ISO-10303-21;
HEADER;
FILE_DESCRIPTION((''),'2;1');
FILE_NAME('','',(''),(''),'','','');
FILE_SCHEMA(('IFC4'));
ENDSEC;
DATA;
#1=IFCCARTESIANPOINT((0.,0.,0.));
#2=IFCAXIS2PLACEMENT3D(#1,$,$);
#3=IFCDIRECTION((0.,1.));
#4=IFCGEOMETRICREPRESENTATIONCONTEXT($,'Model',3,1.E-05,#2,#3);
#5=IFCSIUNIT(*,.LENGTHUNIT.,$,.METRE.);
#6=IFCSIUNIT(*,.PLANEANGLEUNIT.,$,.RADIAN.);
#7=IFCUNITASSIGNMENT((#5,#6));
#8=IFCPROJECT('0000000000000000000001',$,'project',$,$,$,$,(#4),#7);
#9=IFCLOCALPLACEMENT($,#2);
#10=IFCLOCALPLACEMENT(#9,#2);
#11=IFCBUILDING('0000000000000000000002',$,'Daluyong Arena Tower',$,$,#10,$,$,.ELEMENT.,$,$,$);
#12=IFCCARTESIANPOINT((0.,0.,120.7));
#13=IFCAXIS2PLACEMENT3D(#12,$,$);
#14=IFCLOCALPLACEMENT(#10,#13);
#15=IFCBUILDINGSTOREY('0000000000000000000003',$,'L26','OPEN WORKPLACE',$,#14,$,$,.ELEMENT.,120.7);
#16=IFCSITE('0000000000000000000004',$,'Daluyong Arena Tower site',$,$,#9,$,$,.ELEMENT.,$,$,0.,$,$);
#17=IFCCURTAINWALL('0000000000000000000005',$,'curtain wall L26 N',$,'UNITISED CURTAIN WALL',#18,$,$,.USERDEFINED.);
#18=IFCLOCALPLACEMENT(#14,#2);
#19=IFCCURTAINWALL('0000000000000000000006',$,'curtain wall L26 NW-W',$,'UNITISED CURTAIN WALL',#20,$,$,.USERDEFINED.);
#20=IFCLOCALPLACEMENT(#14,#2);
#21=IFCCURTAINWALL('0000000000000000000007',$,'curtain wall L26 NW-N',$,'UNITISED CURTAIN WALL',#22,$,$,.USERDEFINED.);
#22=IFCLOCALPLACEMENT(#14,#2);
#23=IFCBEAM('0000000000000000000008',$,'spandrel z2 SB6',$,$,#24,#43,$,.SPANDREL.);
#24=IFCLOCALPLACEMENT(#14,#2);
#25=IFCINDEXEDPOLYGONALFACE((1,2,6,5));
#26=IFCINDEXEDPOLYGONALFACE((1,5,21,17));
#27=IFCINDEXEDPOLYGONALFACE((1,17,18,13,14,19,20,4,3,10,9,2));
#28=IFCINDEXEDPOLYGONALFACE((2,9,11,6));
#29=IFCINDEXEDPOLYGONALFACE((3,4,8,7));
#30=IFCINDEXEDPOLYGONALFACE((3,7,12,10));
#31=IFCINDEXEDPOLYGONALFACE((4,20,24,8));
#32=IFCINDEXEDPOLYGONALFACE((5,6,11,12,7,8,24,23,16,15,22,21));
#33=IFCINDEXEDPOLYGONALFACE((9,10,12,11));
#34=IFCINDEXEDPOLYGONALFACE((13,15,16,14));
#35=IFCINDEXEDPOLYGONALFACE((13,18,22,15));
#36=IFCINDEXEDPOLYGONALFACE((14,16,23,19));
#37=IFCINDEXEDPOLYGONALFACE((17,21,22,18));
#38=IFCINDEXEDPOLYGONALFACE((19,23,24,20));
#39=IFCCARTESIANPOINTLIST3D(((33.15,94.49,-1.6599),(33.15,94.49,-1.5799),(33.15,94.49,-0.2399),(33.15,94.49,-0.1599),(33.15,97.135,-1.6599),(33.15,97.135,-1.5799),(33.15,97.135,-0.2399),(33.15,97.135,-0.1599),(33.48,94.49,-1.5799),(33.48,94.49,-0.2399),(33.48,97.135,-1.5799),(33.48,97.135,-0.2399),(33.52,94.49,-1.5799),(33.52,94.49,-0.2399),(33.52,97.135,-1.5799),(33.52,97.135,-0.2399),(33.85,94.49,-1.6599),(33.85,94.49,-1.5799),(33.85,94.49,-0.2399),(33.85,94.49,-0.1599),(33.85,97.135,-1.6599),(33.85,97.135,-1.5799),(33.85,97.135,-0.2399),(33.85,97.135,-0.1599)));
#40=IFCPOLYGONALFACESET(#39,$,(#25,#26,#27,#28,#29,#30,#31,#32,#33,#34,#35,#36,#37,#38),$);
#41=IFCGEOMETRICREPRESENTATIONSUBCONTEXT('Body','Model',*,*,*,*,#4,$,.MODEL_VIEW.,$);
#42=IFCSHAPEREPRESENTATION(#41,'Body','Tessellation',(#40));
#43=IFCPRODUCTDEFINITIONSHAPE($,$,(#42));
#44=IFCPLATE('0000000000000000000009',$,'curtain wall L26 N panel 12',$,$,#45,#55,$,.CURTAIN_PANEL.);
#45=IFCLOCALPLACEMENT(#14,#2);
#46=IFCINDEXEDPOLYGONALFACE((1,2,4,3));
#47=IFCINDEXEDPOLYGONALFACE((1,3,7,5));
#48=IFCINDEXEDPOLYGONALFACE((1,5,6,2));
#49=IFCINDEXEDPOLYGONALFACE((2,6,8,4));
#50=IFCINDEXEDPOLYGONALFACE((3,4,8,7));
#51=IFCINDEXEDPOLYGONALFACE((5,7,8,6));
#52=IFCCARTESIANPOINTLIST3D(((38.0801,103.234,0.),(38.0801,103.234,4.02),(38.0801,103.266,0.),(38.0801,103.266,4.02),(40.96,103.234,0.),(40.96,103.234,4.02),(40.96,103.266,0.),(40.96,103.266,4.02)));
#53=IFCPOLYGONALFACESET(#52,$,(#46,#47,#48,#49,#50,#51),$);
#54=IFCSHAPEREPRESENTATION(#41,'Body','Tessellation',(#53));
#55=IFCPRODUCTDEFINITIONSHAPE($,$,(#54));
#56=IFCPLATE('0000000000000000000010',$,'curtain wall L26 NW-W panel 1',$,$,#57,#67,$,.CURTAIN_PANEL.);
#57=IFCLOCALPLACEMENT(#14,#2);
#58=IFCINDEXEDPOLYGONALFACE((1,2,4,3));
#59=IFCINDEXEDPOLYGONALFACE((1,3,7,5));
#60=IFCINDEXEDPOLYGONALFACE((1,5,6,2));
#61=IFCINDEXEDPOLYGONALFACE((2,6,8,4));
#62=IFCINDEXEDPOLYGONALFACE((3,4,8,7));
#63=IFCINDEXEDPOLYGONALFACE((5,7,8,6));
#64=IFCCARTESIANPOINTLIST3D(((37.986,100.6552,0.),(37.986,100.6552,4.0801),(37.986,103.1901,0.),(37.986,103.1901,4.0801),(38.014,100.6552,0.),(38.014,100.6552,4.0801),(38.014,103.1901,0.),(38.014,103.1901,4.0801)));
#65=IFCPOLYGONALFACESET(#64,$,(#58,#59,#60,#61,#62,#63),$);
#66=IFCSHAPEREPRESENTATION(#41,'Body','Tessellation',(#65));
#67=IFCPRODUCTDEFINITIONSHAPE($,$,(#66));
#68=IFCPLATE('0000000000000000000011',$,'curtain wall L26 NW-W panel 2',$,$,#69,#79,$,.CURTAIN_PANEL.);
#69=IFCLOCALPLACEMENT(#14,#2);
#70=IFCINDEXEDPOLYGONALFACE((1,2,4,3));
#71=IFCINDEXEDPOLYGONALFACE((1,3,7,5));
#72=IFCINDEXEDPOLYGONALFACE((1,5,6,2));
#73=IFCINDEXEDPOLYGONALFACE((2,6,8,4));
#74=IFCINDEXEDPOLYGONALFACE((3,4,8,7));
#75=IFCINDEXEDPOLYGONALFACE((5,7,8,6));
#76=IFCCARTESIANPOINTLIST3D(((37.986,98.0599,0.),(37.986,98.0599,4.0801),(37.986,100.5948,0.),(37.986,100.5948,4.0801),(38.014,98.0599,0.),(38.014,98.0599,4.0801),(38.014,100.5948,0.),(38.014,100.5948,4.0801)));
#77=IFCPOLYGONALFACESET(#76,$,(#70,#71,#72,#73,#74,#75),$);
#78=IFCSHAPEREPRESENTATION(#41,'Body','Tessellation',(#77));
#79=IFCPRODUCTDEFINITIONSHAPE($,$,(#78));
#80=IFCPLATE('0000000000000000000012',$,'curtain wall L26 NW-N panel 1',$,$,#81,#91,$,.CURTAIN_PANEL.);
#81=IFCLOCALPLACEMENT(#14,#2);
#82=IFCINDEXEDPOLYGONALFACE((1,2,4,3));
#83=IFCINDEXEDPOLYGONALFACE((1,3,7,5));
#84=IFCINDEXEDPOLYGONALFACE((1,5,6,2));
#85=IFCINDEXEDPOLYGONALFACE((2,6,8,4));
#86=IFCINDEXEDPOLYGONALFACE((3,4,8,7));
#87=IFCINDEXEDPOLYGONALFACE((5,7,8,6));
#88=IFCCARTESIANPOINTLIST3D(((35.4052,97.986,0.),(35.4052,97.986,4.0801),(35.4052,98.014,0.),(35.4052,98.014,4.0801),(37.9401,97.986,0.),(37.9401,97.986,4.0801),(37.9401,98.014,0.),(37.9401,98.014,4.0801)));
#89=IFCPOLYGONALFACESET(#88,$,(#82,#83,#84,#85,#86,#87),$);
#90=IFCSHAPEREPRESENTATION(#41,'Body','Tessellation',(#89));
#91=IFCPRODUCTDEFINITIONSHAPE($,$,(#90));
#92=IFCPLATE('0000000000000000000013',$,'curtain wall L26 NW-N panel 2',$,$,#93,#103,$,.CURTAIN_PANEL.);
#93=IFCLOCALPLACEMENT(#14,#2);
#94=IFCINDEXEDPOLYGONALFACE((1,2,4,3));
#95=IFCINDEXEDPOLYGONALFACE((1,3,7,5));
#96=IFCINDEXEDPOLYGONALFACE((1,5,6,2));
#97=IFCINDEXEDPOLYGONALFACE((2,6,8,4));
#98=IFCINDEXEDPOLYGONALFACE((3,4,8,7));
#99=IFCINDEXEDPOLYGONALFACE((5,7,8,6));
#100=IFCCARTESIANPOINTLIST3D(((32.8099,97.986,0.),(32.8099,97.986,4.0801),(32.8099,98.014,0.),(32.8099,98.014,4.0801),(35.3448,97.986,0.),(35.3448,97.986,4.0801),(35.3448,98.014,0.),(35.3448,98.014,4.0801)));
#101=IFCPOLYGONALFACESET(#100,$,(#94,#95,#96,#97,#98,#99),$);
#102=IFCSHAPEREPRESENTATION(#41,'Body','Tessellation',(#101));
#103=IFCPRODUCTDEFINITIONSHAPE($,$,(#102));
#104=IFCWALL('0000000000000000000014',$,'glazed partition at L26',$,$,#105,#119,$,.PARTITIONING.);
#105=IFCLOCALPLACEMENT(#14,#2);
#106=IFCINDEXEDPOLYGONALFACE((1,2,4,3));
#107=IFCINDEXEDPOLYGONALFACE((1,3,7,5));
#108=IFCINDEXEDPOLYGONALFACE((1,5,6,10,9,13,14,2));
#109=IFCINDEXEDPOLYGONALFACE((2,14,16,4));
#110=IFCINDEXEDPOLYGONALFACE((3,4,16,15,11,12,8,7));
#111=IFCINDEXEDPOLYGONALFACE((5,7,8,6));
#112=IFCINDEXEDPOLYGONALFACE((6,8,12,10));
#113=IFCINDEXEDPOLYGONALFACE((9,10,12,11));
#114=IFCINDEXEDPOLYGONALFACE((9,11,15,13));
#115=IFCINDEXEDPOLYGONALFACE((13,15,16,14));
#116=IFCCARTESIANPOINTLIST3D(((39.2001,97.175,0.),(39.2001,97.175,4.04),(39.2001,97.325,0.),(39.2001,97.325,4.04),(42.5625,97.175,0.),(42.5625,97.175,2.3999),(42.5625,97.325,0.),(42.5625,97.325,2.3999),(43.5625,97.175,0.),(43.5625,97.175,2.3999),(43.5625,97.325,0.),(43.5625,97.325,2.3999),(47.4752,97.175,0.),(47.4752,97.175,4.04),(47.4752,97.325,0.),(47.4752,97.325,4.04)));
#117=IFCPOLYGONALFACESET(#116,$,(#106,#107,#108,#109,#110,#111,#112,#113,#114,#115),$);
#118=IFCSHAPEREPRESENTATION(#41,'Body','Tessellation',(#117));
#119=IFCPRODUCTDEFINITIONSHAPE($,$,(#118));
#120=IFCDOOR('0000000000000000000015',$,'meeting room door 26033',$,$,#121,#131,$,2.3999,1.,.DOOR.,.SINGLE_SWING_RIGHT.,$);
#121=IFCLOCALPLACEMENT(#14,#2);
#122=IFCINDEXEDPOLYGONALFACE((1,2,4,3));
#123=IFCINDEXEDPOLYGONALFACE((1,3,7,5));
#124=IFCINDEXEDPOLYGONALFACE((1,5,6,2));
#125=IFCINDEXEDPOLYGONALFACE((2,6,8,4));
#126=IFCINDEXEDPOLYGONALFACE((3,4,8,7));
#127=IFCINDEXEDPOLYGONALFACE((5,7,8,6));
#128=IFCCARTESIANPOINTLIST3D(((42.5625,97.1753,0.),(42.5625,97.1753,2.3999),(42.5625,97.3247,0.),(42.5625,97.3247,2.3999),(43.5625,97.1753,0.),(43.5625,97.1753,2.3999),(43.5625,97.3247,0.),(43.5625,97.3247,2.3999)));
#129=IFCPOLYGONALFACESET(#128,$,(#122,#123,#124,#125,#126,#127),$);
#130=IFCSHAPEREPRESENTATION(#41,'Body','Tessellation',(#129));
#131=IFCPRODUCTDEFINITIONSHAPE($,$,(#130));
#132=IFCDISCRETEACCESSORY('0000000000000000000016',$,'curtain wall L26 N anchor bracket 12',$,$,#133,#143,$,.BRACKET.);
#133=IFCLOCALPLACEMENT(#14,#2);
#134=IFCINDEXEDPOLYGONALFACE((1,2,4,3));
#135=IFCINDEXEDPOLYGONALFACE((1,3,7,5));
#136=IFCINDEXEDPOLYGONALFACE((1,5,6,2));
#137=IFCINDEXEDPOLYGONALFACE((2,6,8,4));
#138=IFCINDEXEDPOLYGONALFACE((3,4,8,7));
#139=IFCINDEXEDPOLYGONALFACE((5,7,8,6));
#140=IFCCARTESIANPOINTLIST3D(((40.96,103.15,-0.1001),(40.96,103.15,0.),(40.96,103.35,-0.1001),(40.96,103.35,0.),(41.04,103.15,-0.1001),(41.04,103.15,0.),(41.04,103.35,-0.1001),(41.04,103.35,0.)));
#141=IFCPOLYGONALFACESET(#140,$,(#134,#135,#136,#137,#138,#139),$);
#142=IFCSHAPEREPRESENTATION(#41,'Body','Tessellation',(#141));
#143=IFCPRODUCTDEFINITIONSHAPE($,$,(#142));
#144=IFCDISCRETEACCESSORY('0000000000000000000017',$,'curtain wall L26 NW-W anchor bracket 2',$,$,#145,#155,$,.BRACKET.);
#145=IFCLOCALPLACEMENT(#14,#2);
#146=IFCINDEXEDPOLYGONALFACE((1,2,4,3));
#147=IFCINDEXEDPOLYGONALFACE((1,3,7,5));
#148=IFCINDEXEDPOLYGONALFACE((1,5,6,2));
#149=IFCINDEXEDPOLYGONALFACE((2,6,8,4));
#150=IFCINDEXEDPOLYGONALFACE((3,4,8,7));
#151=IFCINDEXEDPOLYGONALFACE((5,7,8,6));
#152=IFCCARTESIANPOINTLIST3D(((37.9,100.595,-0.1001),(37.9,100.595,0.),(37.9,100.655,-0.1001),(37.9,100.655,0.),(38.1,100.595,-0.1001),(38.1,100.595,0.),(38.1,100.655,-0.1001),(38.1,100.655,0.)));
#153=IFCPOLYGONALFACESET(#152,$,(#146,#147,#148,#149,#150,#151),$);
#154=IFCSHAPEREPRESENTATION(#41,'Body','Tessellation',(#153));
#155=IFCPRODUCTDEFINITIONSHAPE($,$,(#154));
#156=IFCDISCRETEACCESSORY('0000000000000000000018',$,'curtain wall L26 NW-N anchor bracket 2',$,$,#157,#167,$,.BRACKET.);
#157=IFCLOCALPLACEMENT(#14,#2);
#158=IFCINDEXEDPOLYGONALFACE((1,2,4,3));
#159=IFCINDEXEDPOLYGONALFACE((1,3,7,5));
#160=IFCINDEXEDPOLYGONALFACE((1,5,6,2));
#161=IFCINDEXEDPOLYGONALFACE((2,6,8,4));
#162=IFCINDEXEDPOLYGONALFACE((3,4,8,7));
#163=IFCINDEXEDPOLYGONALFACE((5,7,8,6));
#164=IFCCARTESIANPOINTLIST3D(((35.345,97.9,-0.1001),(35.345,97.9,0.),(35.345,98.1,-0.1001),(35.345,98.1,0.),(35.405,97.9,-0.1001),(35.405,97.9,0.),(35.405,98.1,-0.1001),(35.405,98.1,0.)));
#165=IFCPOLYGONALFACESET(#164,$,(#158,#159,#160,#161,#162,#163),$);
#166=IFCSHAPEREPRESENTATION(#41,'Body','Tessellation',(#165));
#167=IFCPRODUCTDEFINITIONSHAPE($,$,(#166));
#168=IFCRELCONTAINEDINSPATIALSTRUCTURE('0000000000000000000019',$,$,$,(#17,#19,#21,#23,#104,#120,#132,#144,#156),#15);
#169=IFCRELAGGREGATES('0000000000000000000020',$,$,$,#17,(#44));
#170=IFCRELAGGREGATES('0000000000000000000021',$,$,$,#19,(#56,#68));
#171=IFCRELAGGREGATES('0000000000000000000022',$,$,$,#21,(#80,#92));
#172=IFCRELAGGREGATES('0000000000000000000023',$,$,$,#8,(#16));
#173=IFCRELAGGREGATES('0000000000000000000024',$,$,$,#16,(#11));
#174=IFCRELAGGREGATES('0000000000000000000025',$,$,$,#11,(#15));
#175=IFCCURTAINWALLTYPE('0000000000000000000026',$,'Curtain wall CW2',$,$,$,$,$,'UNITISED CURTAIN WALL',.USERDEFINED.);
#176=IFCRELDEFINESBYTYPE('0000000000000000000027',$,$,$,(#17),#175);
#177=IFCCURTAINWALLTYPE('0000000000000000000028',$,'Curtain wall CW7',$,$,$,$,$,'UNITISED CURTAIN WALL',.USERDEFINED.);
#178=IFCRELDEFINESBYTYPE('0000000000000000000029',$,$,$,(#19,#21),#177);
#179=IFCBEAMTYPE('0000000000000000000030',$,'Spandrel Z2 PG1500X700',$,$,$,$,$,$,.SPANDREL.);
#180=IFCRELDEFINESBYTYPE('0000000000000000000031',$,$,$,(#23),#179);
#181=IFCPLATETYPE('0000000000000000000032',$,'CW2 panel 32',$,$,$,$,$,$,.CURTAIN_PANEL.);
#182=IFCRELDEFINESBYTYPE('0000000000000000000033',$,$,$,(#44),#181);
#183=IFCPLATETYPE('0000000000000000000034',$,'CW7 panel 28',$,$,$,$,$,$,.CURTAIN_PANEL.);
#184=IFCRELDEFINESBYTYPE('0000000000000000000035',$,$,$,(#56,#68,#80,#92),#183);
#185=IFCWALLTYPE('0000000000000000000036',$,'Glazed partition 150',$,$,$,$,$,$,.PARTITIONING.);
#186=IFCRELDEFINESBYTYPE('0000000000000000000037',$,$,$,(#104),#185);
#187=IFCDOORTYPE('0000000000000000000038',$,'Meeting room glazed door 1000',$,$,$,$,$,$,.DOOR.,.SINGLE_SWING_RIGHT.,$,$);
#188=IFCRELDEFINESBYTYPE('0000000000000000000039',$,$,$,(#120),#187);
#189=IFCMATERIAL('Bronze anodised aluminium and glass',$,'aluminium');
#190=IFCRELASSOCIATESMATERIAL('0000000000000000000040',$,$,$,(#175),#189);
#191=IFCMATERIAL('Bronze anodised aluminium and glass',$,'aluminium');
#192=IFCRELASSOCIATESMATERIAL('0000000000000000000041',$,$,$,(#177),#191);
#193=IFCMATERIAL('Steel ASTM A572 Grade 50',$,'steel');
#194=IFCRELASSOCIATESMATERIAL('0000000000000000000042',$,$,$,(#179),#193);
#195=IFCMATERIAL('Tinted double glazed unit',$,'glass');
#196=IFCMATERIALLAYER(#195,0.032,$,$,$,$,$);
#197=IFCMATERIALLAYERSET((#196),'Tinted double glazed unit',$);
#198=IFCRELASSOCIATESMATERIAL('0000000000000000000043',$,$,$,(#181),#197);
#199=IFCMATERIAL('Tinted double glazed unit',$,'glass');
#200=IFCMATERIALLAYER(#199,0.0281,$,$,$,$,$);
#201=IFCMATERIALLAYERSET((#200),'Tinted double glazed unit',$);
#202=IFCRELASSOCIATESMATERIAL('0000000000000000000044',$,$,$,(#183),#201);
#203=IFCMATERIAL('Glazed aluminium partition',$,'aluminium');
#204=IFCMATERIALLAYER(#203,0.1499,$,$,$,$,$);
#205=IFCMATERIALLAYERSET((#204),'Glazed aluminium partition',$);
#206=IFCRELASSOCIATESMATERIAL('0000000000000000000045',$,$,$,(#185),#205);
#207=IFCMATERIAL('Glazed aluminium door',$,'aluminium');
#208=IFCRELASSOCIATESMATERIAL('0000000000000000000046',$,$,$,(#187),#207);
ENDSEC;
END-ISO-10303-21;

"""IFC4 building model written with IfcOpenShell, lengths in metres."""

from ifc_helpers import new_model, si_unit, direction, frame, frame_2d, origin, origin_2d, place, context, subcontext, project, spatial, rectangle, i_section, extrude, material, layer, layer_set, material_profile, profile_set, type_object, element, fill, aggregate, save


model = new_model("IFC4")

# Units and contexts
model_context = context("Model", 3, precision=1e-05, world=origin(), true_north=direction((0.0, 1.0)))
body_context = subcontext(model_context, "Body", "Model", "MODEL_VIEW")
ifc_project = project(units=[si_unit("LENGTHUNIT", "METRE"), si_unit("PLANEANGLEUNIT", "RADIAN")], contexts=[model_context])

# Site, building, storey
site_placement = place(None, origin())
site = spatial("IfcSite", under=ifc_project, at=site_placement, Name="Daluyong Arena Tower site", CompositionType="ELEMENT", RefElevation=0.0)
building_placement = place(site_placement, origin())
building = spatial("IfcBuilding", under=site, at=building_placement, Name="Daluyong Arena Tower", CompositionType="ELEMENT")
storey_placement = place(building_placement, frame((0.0, 0.0, 120.7)))
storey = spatial("IfcBuildingStorey", under=building, at=storey_placement, Name="L26", Description="OPEN WORKPLACE", CompositionType="ELEMENT", Elevation=120.7)

# Curtain wall
ifc_material_1 = material(Name="Bronze anodised aluminium and glass", Category="aluminium")
curtain_wall_type_1 = type_object("IfcCurtainWallType", Name="Curtain wall CW2", ElementType="UNITISED CURTAIN WALL", PredefinedType="USERDEFINED", material=ifc_material_1)
curtain_wall_1_placement = place(storey_placement, origin())
curtain_wall_1 = element("IfcCurtainWall", 1, at=curtain_wall_1_placement, inside=storey, type_object=curtain_wall_type_1, Name="curtain wall L26 N", ObjectType="UNITISED CURTAIN WALL", PredefinedType="USERDEFINED")

# Curtain walls
ifc_material_2 = material(Name="Bronze anodised aluminium and glass", Category="aluminium")
curtain_wall_type_2 = type_object("IfcCurtainWallType", Name="Curtain wall CW7", ElementType="UNITISED CURTAIN WALL", PredefinedType="USERDEFINED", material=ifc_material_2)
curtain_wall_2_placement = place(storey_placement, origin())
curtain_wall_2 = element("IfcCurtainWall", 2, at=curtain_wall_2_placement, inside=storey, type_object=curtain_wall_type_2, Name="curtain wall L26 NW-W", ObjectType="UNITISED CURTAIN WALL", PredefinedType="USERDEFINED")
curtain_wall_3_placement = place(storey_placement, origin())
curtain_wall_3 = element("IfcCurtainWall", 3, at=curtain_wall_3_placement, inside=storey, type_object=curtain_wall_type_2, Name="curtain wall L26 NW-N", ObjectType="UNITISED CURTAIN WALL", PredefinedType="USERDEFINED")

# Beam
ifc_material_3 = material(Name="Steel ASTM A572 Grade 50", Category="steel")
ifc_material_profile_1 = material_profile(ifc_material_3, i_section(OverallWidth=0.7, OverallDepth=1.5, WebThickness=0.04, FlangeThickness=0.08, at=origin_2d()))
ifc_profile_set_1 = profile_set([ifc_material_profile_1], Name="Steel ASTM A572 Grade 50")
beam_type_1 = type_object("IfcBeamType", Name="Spandrel Z2 PG1500X700", PredefinedType="SPANDREL", material=ifc_profile_set_1)
beam_1_placement = place(storey_placement, frame((33.5, 97.135, -0.9099), z_axis=(0.0, -1.0, 0.0), x_axis=(1.0, 0.0, 0.0)))
element("IfcBeam", 4, at=beam_1_placement, inside=storey, type_object=beam_type_1, Name="spandrel z2 SB6", PredefinedType="SPANDREL", context=body_context, shape_type="SweptSolid", body=[
    extrude(i_section(OverallWidth=0.7, OverallDepth=1.5, WebThickness=0.04, FlangeThickness=0.08, at=origin_2d()), origin(), (0.0, 0.0, 1.0), 2.645),
])

# Plates
ifc_material_4 = material(Name="Tinted double glazed unit", Category="glass")
ifc_layer_1 = layer(ifc_material_4, 0.032)
ifc_layer_set_1 = layer_set([ifc_layer_1], Name="Tinted double glazed unit")
plate_type_1 = type_object("IfcPlateType", Name="CW2 panel 32", PredefinedType="CURTAIN_PANEL", material=ifc_layer_set_1)
plate_1_placement = place(storey_placement, frame((39.52, 103.25, 0.0), z_axis=(0.0, 0.0, 1.0), x_axis=(-1.0, 0.0, 0.0)))
plate_1 = element("IfcPlate", 5, at=plate_1_placement, type_object=plate_type_1, Name="curtain wall L26 N panel 12", PredefinedType="CURTAIN_PANEL", context=body_context, shape_type="SweptSolid", body=[
    extrude(rectangle(XDim=2.8799, YDim=0.032, at=origin_2d()), origin(), (0.0, 0.0, 1.0), 4.02),
])
aggregate(curtain_wall_1, [plate_1])
ifc_material_5 = material(Name="Tinted double glazed unit", Category="glass")
ifc_layer_2 = layer(ifc_material_5, 0.0281)
ifc_layer_set_2 = layer_set([ifc_layer_2], Name="Tinted double glazed unit")
plate_type_2 = type_object("IfcPlateType", Name="CW7 panel 28", PredefinedType="CURTAIN_PANEL", material=ifc_layer_set_2)
plate_2_placement = place(storey_placement, frame((38.0, 101.9226, 0.0), z_axis=(0.0, 0.0, 1.0), x_axis=(0.0, -1.0, 0.0)))
plate_2 = element("IfcPlate", 6, at=plate_2_placement, type_object=plate_type_2, Name="curtain wall L26 NW-W panel 1", PredefinedType="CURTAIN_PANEL", context=body_context, shape_type="SweptSolid", body=[
    extrude(rectangle(XDim=2.5349, YDim=0.0281, at=origin_2d()), origin(), (0.0, 0.0, 1.0), 4.0801),
])
plate_3_placement = place(storey_placement, frame((38.0, 99.3274, 0.0), z_axis=(0.0, 0.0, 1.0), x_axis=(0.0, -1.0, 0.0)))
plate_3 = element("IfcPlate", 7, at=plate_3_placement, type_object=plate_type_2, Name="curtain wall L26 NW-W panel 2", PredefinedType="CURTAIN_PANEL", context=body_context, shape_type="SweptSolid", body=[
    extrude(rectangle(XDim=2.5349, YDim=0.0281, at=origin_2d()), origin(), (0.0, 0.0, 1.0), 4.0801),
])
aggregate(curtain_wall_2, [plate_2, plate_3])
plate_4_placement = place(storey_placement, frame((36.6726, 98.0, 0.0), z_axis=(0.0, 0.0, 1.0), x_axis=(-1.0, 0.0, 0.0)))
plate_4 = element("IfcPlate", 8, at=plate_4_placement, type_object=plate_type_2, Name="curtain wall L26 NW-N panel 1", PredefinedType="CURTAIN_PANEL", context=body_context, shape_type="SweptSolid", body=[
    extrude(rectangle(XDim=2.5349, YDim=0.0281, at=origin_2d()), origin(), (0.0, 0.0, 1.0), 4.0801),
])
plate_5_placement = place(storey_placement, frame((34.0774, 98.0, 0.0), z_axis=(0.0, 0.0, 1.0), x_axis=(-1.0, 0.0, 0.0)))
plate_5 = element("IfcPlate", 9, at=plate_5_placement, type_object=plate_type_2, Name="curtain wall L26 NW-N panel 2", PredefinedType="CURTAIN_PANEL", context=body_context, shape_type="SweptSolid", body=[
    extrude(rectangle(XDim=2.5349, YDim=0.0281, at=origin_2d()), origin(), (0.0, 0.0, 1.0), 4.0801),
])
aggregate(curtain_wall_3, [plate_4, plate_5])

# Wall, opening, door
ifc_material_6 = material(Name="Glazed aluminium partition", Category="aluminium")
ifc_layer_3 = layer(ifc_material_6, 0.1499)
ifc_layer_set_3 = layer_set([ifc_layer_3], Name="Glazed aluminium partition")
wall_type = type_object("IfcWallType", Name="Glazed partition 150", PredefinedType="PARTITIONING", material=ifc_layer_set_3)
wall_placement = place(storey_placement, frame((39.2, 97.25, 0.0), z_axis=(0.0, 0.0, 1.0), x_axis=(1.0, 0.0, 0.0)))
wall = element("IfcWall", 10, at=wall_placement, inside=storey, type_object=wall_type, Name="glazed partition at L26", PredefinedType="PARTITIONING", context=body_context, shape_type="SweptSolid", body=[
    extrude(rectangle(XDim=8.2751, YDim=0.1499, at=frame_2d((4.1377, 0.0))), origin(), (0.0, 0.0, 1.0), 4.04),
])
opening_placement = place(wall_placement, frame((3.3625, 0.0, 0.0)))
opening = element("IfcOpeningElement", 11, at=opening_placement, cuts=wall, PredefinedType="OPENING", context=body_context, shape_type="SweptSolid", body=[
    extrude(rectangle(XDim=1.0, YDim=2.3999, at=frame_2d((0.5, 1.2))), frame((0.0, 0.085, 0.0), z_axis=(0.0, -1.0, 0.0), x_axis=(1.0, 0.0, 0.0)), (0.0, 0.0, 1.0), 0.1699),
])
ifc_material_7 = material(Name="Glazed aluminium door", Category="aluminium")
door_type = type_object("IfcDoorType", Name="Meeting room glazed door 1000", OperationType="SINGLE_SWING_RIGHT", PredefinedType="DOOR", material=ifc_material_7)
door_placement = place(opening_placement, origin())
door = element("IfcDoor", 12, at=door_placement, inside=storey, type_object=door_type, Name="meeting room door 26033", OperationType="SINGLE_SWING_RIGHT", OverallHeight=2.3999, OverallWidth=1.0, PredefinedType="DOOR", context=body_context, shape_type="SweptSolid", body=[
    extrude(rectangle(XDim=1.0, YDim=2.3999, at=frame_2d((0.5, 1.2))), frame((0.0, 0.0747, 0.0), z_axis=(0.0, -1.0, 0.0), x_axis=(1.0, 0.0, 0.0)), (0.0, 0.0, 1.0), 0.1494),
])
fill(opening, door)

# Discrete accessories
discrete_accessory_placement = place(storey_placement, frame((41.0, 103.25, -0.1001), z_axis=(0.0, 0.0, 1.0), x_axis=(-1.0, 0.0, 0.0)))
element("IfcDiscreteAccessory", 13, at=discrete_accessory_placement, inside=storey, Name="curtain wall L26 N anchor bracket 12", PredefinedType="BRACKET", context=body_context, shape_type="SweptSolid", body=[
    extrude(rectangle(XDim=0.0801, YDim=0.2, at=origin_2d()), origin(), (0.0, 0.0, 1.0), 0.1001),
])
for number, where, z_axis, x_axis, name in (
    (14, (38.0, 100.625, -0.1001), (0.0, 0.0, 1.0), (0.0, -1.0, 0.0), "curtain wall L26 NW-W anchor bracket 2"),
    (15, (35.375, 98.0, -0.1001), (0.0, 0.0, 1.0), (-1.0, 0.0, 0.0), "curtain wall L26 NW-N anchor bracket 2"),
):
    element("IfcDiscreteAccessory", number, at=place(storey_placement, frame(where, z_axis=z_axis, x_axis=x_axis)), inside=storey, Name=name, PredefinedType="BRACKET", context=body_context, shape_type="SweptSolid", body=[
        extrude(rectangle(XDim=0.0601, YDim=0.2, at=origin_2d()), origin(), (0.0, 0.0, 1.0), 0.1001),
    ])

save(model, "model.ifc")
